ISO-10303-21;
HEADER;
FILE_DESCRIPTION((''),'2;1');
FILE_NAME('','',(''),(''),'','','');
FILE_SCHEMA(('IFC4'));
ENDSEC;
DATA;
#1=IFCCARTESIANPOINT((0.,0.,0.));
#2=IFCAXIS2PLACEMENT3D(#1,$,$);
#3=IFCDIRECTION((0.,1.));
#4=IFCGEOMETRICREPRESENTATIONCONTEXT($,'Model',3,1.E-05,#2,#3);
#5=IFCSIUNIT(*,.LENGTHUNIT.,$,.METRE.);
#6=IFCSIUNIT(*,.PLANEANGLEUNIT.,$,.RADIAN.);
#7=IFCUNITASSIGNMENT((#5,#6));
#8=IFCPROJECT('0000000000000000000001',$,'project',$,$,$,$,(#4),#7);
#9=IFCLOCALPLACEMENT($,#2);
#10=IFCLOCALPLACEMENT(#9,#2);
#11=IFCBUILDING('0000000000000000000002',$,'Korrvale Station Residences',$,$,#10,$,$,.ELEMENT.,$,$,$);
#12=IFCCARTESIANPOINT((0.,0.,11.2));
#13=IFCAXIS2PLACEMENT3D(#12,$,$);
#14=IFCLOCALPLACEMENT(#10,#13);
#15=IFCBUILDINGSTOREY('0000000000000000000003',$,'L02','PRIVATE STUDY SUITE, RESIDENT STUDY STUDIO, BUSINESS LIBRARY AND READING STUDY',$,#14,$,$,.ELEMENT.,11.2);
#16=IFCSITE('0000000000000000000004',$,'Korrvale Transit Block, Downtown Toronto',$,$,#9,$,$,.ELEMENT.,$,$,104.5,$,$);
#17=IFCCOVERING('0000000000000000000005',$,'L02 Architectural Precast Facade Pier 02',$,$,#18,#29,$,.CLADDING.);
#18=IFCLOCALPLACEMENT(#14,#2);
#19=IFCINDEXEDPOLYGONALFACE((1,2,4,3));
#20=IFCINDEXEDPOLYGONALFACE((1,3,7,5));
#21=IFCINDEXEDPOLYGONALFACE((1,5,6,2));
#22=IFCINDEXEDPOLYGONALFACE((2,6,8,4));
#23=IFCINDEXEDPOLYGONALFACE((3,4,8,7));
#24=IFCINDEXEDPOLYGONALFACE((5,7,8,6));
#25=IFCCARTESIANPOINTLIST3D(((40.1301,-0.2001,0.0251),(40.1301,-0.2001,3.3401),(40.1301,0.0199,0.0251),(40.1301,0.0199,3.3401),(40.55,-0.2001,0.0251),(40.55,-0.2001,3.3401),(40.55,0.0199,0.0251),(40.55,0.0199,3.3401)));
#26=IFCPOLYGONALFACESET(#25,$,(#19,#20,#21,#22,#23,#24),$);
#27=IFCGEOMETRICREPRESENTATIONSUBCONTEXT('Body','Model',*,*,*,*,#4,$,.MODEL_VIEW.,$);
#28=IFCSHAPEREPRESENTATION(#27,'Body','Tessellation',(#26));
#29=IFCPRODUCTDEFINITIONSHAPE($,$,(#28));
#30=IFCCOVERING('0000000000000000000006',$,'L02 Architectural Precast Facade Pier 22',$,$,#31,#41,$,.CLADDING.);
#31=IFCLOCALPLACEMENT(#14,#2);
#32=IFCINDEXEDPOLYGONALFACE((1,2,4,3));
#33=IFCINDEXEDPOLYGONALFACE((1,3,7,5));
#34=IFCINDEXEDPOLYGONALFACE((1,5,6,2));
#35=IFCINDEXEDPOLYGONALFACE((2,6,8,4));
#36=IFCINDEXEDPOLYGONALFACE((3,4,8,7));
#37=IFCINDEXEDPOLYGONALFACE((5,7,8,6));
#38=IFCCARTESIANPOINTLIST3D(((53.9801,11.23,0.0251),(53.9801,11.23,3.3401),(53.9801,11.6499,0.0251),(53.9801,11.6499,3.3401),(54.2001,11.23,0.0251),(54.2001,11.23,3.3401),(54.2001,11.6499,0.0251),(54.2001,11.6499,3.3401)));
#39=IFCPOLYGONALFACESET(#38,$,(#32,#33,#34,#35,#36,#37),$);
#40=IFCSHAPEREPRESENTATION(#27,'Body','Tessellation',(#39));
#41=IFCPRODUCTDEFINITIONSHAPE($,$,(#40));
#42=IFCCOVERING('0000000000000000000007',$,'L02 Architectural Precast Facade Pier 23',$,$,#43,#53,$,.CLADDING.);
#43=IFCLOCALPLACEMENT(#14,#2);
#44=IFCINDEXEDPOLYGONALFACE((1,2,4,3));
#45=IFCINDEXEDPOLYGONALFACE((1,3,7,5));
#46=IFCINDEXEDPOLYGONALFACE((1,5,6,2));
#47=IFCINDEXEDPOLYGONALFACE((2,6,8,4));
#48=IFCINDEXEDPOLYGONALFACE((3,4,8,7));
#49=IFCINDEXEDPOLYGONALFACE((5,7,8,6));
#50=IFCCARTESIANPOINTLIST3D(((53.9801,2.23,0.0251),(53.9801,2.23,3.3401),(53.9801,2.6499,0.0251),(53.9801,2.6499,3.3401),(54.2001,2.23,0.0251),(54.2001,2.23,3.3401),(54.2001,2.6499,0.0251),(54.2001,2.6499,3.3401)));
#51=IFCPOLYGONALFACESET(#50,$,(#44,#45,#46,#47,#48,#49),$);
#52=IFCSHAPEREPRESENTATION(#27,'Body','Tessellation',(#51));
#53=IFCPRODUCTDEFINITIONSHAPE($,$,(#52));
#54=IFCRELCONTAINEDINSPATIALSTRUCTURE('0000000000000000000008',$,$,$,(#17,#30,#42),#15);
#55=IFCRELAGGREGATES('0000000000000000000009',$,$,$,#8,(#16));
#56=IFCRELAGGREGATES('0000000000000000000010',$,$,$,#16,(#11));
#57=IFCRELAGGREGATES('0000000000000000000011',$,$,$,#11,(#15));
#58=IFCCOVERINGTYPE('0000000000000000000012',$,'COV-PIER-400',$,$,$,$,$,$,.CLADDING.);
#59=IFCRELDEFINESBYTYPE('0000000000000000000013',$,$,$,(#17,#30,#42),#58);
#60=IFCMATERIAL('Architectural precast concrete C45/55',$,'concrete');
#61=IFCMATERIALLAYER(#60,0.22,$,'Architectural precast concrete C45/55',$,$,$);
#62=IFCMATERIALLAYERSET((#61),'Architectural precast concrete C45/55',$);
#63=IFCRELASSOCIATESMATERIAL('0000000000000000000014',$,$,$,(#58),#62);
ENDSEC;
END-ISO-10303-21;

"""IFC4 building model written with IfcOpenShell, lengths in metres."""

from ifc_helpers import new_model, si_unit, direction, frame, origin, origin_2d, place, context, subcontext, project, spatial, rectangle, extrude, material, layer, layer_set, type_object, element, save


model = new_model("IFC4")

# Units and contexts
model_context = context("Model", 3, precision=1e-05, world=origin(), true_north=direction((0.0, 1.0)))
body_context = subcontext(model_context, "Body", "Model", "MODEL_VIEW")
ifc_project = project(units=[si_unit("LENGTHUNIT", "METRE"), si_unit("PLANEANGLEUNIT", "RADIAN")], contexts=[model_context])

# Site, building, storey
site_placement = place(None, origin())
site = spatial("IfcSite", under=ifc_project, at=site_placement, Name="Korrvale Transit Block, Downtown Toronto", CompositionType="ELEMENT", RefElevation=104.5)
building_placement = place(site_placement, origin())
building = spatial("IfcBuilding", under=site, at=building_placement, Name="Korrvale Station Residences", CompositionType="ELEMENT")
storey_placement = place(building_placement, frame((0.0, 0.0, 11.2)))
storey = spatial("IfcBuildingStorey", under=building, at=storey_placement, Name="L02", Description="PRIVATE STUDY SUITE, RESIDENT STUDY STUDIO, BUSINESS LIBRARY AND READING STUDY", CompositionType="ELEMENT", Elevation=11.2)

# Coverings
ifc_material_1 = material(Name="Architectural precast concrete C45/55", Category="concrete")
ifc_layer_1 = layer(ifc_material_1, 0.22, Name="Architectural precast concrete C45/55")
ifc_layer_set_1 = layer_set([ifc_layer_1], Name="Architectural precast concrete C45/55")
covering_type = type_object("IfcCoveringType", Name="COV-PIER-400", PredefinedType="CLADDING", material=ifc_layer_set_1)
for number, where, z_axis, x_axis, name in (
    (1, (40.3401, -0.0901, 0.0251), (0.0, 0.0, 1.0), (1.0, 0.0, 0.0), "L02 Architectural Precast Facade Pier 02"),
    (2, (54.0901, 11.4399, 0.0251), (0.0, 0.0, 1.0), (0.0, 1.0, 0.0), "L02 Architectural Precast Facade Pier 22"),
    (3, (54.0901, 2.4399, 0.0251), (0.0, 0.0, 1.0), (0.0, 1.0, 0.0), "L02 Architectural Precast Facade Pier 23"),
):
    element("IfcCovering", number, at=place(storey_placement, frame(where, z_axis=z_axis, x_axis=x_axis)), inside=storey, type_object=covering_type, Name=name, PredefinedType="CLADDING", context=body_context, shape_type="SweptSolid", body=[
        extrude(rectangle(XDim=0.4199, YDim=0.22, at=origin_2d()), origin(), (0.0, 0.0, 1.0), 3.3149),
    ])

save(model, "model.ifc")
